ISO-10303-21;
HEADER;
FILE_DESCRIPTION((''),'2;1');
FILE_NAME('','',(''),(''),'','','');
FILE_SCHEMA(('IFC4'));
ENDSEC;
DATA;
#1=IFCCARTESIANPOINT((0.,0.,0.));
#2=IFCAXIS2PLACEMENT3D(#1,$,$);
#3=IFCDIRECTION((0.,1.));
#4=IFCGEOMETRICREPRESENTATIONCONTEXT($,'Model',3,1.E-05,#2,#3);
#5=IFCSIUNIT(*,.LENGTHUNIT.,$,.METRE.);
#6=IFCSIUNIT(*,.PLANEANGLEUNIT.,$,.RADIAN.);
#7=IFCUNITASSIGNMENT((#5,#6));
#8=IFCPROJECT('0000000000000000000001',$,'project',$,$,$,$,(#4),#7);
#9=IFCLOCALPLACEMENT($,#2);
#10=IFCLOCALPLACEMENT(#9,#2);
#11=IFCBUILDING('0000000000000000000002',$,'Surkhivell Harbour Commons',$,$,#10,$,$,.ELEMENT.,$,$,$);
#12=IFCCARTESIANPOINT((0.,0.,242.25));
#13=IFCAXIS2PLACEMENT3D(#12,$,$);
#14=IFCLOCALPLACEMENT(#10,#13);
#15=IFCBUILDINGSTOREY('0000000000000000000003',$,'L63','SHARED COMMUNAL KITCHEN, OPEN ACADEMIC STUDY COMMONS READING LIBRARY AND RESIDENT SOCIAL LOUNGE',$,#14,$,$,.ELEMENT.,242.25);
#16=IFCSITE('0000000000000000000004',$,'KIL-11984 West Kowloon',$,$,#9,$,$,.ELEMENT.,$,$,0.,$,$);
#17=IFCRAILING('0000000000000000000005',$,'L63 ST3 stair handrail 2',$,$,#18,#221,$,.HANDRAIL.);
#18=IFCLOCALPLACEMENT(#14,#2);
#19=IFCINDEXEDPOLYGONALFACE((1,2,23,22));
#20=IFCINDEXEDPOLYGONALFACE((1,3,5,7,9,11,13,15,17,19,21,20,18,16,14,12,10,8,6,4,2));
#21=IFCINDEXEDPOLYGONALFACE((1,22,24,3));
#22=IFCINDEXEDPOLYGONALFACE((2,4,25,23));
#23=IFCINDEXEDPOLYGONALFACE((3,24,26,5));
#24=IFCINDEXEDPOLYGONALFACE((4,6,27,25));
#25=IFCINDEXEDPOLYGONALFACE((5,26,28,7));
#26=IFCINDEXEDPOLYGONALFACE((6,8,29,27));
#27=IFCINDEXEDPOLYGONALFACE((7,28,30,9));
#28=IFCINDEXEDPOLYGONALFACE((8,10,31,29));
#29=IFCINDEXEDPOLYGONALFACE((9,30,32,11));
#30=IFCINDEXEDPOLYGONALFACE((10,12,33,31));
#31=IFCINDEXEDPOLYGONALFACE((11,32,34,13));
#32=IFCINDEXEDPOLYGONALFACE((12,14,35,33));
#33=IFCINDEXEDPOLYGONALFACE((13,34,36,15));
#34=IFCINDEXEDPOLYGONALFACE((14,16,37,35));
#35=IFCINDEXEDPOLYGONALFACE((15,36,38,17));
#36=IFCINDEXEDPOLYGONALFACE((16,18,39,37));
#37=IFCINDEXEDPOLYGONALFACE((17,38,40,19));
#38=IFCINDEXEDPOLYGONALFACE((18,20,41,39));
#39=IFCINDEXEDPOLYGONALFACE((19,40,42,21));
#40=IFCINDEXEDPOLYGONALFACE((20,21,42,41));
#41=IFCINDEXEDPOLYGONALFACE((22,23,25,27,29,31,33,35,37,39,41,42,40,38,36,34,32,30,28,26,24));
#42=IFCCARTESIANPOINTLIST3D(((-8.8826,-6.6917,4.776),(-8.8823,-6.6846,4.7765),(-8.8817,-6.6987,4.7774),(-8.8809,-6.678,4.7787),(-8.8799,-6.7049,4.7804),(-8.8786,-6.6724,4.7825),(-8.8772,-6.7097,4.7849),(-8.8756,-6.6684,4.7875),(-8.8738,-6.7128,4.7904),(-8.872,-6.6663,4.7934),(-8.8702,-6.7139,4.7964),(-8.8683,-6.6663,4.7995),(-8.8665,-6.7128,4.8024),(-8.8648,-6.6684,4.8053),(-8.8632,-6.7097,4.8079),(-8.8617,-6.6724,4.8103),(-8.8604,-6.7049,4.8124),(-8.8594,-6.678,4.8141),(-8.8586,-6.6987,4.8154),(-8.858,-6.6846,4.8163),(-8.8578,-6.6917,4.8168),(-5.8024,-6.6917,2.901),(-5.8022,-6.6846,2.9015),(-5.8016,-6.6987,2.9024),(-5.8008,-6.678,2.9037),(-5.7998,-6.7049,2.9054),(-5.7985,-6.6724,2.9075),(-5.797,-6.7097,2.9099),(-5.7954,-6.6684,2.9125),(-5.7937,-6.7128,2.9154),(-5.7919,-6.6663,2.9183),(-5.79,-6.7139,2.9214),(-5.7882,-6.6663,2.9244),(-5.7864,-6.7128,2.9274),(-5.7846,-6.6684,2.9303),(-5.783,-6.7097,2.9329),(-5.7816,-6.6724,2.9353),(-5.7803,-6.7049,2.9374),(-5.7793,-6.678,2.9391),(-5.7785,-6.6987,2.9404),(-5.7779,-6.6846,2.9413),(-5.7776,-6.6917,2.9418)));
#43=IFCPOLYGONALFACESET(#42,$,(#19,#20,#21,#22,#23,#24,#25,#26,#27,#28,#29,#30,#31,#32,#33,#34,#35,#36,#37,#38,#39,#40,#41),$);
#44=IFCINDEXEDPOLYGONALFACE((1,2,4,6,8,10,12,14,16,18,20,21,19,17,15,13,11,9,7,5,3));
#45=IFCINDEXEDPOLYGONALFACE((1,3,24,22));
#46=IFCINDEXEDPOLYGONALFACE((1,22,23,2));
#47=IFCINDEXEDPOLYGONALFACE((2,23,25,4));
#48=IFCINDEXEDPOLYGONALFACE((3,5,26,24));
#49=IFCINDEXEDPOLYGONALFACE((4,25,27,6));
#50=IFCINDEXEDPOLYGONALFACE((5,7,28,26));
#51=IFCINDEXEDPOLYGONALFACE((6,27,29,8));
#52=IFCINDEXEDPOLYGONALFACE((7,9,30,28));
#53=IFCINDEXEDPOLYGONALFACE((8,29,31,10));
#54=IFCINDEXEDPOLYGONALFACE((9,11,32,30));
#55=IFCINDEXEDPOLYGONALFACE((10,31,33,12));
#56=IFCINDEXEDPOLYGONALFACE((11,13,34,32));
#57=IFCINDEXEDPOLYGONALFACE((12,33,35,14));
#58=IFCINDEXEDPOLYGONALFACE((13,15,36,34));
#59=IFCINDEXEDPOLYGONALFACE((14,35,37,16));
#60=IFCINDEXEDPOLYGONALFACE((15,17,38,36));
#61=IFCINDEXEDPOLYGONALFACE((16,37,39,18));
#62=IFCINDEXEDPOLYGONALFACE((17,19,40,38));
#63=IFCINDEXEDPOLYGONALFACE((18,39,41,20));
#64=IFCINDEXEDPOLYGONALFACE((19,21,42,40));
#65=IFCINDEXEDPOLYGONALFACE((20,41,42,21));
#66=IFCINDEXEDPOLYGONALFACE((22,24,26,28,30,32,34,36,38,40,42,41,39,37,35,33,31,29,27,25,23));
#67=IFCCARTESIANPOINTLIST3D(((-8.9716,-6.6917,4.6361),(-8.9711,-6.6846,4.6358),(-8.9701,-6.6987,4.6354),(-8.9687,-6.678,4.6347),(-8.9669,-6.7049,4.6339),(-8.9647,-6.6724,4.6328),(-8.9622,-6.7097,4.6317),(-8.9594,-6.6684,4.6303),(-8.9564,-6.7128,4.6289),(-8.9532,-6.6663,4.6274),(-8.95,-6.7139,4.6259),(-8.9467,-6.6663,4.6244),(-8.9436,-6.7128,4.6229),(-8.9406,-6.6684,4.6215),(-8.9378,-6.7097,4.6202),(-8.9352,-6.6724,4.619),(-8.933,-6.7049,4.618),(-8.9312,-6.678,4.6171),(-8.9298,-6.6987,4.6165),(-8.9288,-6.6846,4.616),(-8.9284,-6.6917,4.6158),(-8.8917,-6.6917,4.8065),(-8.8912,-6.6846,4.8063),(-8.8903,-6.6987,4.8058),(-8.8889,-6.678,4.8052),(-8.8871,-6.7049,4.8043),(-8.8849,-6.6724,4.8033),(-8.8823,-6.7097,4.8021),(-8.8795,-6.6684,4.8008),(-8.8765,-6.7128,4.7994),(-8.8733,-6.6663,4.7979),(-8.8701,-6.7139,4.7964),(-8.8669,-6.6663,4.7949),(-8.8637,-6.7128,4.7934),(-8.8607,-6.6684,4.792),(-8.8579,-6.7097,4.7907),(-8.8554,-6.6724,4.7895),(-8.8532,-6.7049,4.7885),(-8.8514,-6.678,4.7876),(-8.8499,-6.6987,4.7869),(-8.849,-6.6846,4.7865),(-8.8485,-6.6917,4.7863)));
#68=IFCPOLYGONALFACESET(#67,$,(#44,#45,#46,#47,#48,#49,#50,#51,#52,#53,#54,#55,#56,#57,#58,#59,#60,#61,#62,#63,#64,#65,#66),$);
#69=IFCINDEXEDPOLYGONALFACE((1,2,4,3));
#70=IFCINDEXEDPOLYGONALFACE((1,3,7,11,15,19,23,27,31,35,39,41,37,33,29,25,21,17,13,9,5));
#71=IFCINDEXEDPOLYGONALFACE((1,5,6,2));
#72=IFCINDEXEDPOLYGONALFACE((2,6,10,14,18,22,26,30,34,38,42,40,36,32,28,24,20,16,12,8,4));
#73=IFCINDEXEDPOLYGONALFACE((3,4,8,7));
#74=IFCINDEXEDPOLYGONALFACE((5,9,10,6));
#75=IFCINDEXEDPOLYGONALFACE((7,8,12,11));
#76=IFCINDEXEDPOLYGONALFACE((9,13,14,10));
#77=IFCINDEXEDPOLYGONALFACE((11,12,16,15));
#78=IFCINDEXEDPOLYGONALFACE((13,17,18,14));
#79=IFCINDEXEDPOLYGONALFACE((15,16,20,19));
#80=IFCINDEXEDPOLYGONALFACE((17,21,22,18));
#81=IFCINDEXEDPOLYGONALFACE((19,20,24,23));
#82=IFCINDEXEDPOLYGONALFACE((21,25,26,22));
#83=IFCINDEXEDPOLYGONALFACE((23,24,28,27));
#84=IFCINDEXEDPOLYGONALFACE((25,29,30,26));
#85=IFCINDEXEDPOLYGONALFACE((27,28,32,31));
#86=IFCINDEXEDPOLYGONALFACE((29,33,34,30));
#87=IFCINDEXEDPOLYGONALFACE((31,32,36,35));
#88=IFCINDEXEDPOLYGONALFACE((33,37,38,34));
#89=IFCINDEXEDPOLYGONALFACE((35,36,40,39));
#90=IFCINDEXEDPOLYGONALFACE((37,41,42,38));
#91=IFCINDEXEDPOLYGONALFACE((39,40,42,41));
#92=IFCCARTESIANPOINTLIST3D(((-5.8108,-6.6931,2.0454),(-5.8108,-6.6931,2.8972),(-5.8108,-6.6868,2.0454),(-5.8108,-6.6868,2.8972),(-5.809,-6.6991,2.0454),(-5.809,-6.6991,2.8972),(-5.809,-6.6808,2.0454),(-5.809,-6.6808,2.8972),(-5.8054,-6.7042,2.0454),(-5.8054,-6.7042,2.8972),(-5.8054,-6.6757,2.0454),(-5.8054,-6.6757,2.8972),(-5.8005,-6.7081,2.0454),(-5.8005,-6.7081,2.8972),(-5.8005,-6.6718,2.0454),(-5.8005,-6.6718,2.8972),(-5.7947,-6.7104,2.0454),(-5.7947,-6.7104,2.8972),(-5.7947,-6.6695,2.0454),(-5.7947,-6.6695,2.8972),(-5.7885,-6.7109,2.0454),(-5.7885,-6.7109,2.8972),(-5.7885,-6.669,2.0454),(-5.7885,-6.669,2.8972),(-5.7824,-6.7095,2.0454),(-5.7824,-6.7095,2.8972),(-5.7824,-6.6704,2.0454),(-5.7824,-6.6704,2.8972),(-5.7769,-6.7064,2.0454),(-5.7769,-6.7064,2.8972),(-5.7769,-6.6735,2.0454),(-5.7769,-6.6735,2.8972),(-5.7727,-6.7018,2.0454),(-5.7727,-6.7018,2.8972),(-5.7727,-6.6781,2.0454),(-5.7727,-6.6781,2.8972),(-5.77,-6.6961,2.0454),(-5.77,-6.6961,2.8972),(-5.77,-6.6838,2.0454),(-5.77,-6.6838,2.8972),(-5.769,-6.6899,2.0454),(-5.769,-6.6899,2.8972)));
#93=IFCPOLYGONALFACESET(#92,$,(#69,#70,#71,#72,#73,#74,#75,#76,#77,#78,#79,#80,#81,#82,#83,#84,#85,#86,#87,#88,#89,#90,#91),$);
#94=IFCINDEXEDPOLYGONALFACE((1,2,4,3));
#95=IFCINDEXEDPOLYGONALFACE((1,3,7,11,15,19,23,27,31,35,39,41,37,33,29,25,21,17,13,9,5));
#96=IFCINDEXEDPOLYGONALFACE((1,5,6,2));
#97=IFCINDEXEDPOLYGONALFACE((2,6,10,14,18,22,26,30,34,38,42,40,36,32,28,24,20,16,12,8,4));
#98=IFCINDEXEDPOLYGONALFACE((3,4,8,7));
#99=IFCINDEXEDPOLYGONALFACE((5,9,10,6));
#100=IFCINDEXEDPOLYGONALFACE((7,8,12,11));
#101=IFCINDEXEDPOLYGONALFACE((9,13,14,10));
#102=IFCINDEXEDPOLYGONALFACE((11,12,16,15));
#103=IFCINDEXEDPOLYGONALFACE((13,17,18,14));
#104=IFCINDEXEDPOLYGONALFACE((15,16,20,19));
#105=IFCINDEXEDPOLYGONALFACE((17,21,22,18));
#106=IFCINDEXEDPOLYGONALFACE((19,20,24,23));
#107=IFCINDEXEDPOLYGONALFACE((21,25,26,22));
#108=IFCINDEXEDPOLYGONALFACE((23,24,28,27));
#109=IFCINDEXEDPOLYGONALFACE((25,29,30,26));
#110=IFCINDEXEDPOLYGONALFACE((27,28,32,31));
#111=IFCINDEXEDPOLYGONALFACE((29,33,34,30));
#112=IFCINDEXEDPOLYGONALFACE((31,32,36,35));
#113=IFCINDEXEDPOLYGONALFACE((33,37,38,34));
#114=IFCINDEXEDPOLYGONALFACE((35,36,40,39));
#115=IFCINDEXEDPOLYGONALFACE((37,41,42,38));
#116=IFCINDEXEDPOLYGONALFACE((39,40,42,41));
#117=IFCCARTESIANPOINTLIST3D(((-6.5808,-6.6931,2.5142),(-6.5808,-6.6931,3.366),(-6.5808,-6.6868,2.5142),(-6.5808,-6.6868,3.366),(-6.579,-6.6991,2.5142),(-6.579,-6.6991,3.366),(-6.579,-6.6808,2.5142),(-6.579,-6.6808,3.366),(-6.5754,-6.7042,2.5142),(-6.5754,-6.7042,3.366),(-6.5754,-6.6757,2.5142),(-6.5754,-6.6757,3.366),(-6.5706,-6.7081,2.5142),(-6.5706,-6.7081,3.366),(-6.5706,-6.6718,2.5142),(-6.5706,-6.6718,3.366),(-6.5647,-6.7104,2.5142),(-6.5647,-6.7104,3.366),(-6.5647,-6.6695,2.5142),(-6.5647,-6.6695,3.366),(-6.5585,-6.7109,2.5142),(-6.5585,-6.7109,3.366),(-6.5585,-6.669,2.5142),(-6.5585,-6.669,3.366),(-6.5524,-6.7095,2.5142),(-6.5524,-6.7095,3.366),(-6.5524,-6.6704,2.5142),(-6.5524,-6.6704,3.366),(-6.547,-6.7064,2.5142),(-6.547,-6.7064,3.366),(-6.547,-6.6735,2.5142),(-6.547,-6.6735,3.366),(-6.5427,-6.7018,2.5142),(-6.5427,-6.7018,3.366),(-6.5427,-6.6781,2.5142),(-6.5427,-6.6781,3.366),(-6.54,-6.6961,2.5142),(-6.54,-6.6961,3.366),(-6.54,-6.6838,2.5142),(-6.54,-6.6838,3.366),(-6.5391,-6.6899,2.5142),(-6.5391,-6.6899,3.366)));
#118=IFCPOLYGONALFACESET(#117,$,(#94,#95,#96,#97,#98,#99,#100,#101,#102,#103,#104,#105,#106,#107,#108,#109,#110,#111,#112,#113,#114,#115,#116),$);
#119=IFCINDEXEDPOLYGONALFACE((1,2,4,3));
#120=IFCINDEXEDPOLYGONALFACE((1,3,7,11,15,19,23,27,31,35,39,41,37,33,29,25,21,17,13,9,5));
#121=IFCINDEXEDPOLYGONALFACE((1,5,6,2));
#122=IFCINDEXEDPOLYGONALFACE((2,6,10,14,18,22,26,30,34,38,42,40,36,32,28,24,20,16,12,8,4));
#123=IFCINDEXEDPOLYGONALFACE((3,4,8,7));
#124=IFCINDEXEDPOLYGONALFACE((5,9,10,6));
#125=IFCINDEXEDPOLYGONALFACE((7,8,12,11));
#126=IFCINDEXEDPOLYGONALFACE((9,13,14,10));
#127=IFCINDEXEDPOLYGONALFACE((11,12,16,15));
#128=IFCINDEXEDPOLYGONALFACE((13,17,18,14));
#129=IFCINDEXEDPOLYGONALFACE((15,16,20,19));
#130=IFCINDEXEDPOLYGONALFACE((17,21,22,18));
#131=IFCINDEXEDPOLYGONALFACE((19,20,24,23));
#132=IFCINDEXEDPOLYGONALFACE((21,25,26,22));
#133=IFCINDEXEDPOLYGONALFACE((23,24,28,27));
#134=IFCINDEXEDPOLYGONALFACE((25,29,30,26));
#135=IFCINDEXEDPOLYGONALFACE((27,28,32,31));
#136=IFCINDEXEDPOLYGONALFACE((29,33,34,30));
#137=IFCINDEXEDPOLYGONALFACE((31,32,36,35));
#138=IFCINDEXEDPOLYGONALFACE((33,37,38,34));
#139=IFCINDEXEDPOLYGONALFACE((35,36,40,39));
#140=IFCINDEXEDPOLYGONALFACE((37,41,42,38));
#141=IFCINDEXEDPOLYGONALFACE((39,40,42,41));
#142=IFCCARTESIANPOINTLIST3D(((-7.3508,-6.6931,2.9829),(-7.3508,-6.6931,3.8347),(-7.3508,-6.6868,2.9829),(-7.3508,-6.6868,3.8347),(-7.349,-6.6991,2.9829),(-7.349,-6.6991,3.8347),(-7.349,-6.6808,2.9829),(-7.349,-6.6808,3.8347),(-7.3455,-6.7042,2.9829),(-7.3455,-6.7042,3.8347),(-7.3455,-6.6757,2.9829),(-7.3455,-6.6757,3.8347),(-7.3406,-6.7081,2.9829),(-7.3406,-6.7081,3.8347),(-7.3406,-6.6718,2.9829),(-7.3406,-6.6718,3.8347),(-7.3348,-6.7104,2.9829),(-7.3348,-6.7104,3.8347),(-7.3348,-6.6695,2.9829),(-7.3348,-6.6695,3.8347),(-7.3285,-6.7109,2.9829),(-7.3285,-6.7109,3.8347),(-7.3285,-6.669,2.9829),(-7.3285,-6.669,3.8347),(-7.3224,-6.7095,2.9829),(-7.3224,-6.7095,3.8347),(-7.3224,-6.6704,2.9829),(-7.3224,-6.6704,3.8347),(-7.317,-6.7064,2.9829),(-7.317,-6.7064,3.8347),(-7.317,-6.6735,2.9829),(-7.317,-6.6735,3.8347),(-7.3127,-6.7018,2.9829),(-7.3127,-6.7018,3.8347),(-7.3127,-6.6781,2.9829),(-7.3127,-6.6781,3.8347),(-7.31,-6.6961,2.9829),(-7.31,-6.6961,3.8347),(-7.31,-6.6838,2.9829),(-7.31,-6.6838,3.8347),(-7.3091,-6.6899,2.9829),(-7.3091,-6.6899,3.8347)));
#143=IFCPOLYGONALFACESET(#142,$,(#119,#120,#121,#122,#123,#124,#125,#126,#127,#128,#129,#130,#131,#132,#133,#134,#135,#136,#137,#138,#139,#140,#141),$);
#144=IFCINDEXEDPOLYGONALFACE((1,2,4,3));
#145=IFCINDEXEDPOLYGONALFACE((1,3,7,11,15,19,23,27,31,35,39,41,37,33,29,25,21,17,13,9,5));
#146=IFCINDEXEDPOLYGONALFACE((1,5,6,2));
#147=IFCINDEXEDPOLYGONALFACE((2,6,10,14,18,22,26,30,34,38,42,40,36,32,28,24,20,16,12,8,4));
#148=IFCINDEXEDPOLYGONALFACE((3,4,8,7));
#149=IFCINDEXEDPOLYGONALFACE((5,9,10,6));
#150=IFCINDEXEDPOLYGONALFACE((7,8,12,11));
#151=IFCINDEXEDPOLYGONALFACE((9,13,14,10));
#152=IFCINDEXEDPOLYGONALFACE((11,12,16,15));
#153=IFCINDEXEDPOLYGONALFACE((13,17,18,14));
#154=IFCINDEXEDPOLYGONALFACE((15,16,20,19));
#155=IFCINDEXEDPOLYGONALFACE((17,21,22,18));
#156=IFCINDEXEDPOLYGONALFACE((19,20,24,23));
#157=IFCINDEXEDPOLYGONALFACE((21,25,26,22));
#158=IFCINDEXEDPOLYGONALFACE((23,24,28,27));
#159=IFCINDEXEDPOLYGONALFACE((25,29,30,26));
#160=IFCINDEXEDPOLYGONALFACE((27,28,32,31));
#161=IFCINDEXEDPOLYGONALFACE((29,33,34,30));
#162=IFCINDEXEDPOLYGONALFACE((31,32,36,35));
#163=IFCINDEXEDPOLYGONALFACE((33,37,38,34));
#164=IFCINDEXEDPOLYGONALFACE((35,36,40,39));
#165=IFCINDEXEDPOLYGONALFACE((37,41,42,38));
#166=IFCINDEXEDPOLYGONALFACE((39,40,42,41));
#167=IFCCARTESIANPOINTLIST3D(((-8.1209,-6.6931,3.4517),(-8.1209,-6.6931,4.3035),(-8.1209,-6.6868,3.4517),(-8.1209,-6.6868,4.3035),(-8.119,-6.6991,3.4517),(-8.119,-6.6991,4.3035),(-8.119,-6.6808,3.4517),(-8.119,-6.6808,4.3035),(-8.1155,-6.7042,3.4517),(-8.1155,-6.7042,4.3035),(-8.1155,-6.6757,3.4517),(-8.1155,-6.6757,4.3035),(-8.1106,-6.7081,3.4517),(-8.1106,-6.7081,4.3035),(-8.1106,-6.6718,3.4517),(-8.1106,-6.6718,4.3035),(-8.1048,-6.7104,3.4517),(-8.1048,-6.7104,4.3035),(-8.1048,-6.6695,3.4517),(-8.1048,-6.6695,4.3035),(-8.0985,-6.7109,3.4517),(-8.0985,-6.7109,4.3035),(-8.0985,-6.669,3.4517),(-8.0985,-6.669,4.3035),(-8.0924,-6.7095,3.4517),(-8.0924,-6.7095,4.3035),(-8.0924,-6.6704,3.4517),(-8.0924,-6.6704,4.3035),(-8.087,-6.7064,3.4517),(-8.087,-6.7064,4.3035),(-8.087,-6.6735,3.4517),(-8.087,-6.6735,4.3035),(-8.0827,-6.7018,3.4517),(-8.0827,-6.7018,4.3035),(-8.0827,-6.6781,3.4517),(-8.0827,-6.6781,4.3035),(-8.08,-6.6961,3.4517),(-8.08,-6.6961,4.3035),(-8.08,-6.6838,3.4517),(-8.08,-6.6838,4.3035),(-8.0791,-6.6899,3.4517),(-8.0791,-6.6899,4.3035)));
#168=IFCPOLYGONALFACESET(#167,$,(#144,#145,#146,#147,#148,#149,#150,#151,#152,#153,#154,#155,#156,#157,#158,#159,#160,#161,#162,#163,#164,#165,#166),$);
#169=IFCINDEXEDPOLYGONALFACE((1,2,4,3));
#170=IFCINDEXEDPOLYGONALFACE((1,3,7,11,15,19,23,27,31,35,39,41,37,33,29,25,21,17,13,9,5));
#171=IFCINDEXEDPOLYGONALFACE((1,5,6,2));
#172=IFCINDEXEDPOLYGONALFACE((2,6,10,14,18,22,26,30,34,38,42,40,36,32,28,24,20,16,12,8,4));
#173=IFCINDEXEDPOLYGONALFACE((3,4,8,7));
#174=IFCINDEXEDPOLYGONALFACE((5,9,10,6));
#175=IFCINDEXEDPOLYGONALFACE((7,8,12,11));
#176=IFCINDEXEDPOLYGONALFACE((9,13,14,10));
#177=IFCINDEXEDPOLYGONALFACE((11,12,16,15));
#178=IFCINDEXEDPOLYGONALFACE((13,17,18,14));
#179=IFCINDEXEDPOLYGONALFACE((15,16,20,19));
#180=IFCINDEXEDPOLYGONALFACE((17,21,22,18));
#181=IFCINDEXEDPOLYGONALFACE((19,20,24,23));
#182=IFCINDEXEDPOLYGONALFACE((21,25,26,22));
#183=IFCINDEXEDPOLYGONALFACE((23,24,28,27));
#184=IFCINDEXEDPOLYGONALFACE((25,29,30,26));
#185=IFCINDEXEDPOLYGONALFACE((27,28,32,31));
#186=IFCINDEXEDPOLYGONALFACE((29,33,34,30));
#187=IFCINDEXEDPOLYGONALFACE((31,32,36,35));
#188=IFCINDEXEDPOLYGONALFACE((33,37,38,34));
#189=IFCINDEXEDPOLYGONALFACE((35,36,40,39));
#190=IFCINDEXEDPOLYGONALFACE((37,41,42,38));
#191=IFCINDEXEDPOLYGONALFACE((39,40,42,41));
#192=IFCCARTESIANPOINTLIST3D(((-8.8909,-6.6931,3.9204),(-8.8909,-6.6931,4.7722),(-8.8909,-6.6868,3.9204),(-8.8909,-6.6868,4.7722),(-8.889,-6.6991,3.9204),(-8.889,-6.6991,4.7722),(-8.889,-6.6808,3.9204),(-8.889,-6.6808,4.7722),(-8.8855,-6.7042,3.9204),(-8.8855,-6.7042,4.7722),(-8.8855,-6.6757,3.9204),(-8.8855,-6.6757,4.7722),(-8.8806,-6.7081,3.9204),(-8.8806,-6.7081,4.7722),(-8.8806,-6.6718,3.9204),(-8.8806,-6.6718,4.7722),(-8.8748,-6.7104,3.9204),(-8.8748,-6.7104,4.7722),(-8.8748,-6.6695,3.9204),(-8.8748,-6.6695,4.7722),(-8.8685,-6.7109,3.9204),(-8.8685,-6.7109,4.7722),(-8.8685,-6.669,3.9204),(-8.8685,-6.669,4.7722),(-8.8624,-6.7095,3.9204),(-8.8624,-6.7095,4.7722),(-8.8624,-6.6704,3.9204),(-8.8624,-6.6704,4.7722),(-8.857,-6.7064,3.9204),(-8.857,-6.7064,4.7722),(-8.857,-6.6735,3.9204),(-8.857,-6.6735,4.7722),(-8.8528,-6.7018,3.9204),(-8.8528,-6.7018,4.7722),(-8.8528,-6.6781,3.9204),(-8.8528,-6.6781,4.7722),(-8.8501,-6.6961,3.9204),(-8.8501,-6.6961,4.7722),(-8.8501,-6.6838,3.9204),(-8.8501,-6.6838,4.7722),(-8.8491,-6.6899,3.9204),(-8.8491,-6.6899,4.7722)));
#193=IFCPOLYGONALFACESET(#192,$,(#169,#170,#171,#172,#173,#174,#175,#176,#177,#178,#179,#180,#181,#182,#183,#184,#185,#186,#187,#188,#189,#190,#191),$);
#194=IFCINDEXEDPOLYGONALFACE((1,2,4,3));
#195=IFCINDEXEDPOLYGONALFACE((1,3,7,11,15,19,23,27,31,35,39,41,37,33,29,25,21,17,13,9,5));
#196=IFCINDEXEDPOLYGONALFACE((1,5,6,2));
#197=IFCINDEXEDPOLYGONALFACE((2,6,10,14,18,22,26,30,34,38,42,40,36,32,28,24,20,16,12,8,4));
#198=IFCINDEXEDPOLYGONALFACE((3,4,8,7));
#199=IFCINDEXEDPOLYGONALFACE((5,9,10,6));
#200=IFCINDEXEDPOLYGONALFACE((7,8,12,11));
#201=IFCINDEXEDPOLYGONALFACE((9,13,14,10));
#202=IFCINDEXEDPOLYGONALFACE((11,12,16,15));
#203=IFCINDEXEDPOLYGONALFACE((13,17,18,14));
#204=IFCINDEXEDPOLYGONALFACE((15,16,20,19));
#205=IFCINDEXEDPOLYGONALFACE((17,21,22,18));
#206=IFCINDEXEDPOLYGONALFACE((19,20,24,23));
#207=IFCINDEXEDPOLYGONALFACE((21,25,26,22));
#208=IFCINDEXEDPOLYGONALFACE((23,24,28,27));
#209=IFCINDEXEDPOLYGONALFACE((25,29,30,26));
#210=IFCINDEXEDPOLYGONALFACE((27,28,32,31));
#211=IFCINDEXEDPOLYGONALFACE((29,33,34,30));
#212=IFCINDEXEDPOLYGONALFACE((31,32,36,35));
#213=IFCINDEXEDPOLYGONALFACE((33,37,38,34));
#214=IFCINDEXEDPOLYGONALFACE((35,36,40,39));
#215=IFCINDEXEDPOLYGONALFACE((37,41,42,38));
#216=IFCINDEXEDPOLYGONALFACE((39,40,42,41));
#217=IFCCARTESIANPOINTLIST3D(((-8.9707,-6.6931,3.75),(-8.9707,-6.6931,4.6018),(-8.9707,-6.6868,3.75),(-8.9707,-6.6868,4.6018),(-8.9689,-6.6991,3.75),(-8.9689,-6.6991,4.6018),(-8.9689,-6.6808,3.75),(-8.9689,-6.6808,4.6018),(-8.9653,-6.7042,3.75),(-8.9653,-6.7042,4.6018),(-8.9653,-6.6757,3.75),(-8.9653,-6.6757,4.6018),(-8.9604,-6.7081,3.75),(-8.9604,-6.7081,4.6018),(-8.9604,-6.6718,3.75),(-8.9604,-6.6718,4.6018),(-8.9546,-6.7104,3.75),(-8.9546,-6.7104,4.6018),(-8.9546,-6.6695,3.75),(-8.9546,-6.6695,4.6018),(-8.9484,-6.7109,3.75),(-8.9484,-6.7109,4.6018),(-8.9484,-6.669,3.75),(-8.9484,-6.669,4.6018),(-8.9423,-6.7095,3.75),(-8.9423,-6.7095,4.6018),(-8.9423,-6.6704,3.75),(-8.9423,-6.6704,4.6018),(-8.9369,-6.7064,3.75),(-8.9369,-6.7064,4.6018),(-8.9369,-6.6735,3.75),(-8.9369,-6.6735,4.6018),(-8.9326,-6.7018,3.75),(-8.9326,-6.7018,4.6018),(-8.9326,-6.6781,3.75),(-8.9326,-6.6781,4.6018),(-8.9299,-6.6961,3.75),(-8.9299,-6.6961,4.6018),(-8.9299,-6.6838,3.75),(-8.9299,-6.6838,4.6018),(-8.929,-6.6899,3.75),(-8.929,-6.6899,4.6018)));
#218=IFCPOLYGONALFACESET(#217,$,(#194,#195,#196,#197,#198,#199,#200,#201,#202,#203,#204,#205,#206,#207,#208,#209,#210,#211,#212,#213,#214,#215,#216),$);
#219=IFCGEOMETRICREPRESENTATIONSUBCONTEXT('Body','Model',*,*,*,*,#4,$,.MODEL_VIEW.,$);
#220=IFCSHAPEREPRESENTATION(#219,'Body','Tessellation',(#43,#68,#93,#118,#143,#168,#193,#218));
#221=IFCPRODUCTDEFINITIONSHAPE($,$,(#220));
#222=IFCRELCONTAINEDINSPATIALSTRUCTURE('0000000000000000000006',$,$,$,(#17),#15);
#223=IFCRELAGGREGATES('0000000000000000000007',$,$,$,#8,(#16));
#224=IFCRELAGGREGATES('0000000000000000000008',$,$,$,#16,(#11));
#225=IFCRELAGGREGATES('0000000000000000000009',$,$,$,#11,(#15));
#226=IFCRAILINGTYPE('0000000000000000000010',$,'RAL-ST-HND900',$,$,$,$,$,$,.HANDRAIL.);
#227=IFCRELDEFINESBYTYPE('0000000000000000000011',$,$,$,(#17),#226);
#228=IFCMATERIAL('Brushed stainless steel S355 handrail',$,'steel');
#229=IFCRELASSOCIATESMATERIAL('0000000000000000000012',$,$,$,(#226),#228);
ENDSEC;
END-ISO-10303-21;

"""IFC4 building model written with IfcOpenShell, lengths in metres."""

from ifc_helpers import new_model, si_unit, direction, frame, origin, origin_2d, place, context, subcontext, project, spatial, circle, extrude, material, type_object, element, save


model = new_model("IFC4")

# Units and contexts
model_context = context("Model", 3, precision=1e-05, world=origin(), true_north=direction((0.0, 1.0)))
body_context = subcontext(model_context, "Body", "Model", "MODEL_VIEW")
ifc_project = project(units=[si_unit("LENGTHUNIT", "METRE"), si_unit("PLANEANGLEUNIT", "RADIAN")], contexts=[model_context])

# Site, building, storey
site_placement = place(None, origin())
site = spatial("IfcSite", under=ifc_project, at=site_placement, Name="KIL-11984 West Kowloon", CompositionType="ELEMENT", RefElevation=0.0)
building_placement = place(site_placement, origin())
building = spatial("IfcBuilding", under=site, at=building_placement, Name="Surkhivell Harbour Commons", CompositionType="ELEMENT")
storey_placement = place(building_placement, frame((0.0, 0.0, 242.25)))
storey = spatial("IfcBuildingStorey", under=building, at=storey_placement, Name="L63", Description="SHARED COMMUNAL KITCHEN, OPEN ACADEMIC STUDY COMMONS READING LIBRARY AND RESIDENT SOCIAL LOUNGE", CompositionType="ELEMENT", Elevation=242.25)

# Railing
ifc_material_1 = material(Name="Brushed stainless steel S355 handrail", Category="steel")
railing_type_1 = type_object("IfcRailingType", Name="RAL-ST-HND900", PredefinedType="HANDRAIL", material=ifc_material_1)
railing_1_placement = place(storey_placement, frame((-5.79, -6.6899, 2.0454)))
element("IfcRailing", 1, at=railing_1_placement, inside=storey, type_object=railing_type_1, Name="L63 ST3 stair handrail 2", PredefinedType="HANDRAIL", context=body_context, shape_type="SweptSolid", body=[
    extrude(circle(Radius=0.0239, at=origin_2d()), frame((0.0, 0.0, 0.876), z_axis=(-0.854178, 0.0, 0.519981), x_axis=(0.0, -1.0, 0.0)), (0.0, 0.0, 1.0), 3.606),
    extrude(circle(Radius=0.0239, at=origin_2d()), frame((-3.0801, 0.0, 2.751), z_axis=(-0.424234, 0.0, -0.905552), x_axis=(0.0, -1.0, 0.0)), (0.0, 0.0, 1.0), 0.1882),
    extrude(circle(Radius=0.021, at=origin_2d()), origin(), (0.0, 0.0, 1.0), 0.8518),
    extrude(circle(Radius=0.021, at=origin_2d()), frame((-0.77, 0.0, 0.4688)), (0.0, 0.0, 1.0), 0.8518),
    extrude(circle(Radius=0.021, at=origin_2d()), frame((-1.54, 0.0, 0.9375)), (0.0, 0.0, 1.0), 0.8518),
    extrude(circle(Radius=0.021, at=origin_2d()), frame((-2.3101, 0.0, 1.4062)), (0.0, 0.0, 1.0), 0.8518),
    extrude(circle(Radius=0.021, at=origin_2d()), frame((-3.0801, 0.0, 1.875)), (0.0, 0.0, 1.0), 0.8518),
    extrude(circle(Radius=0.021, at=origin_2d()), frame((-3.1599, 0.0, 1.7046)), (0.0, 0.0, 1.0), 0.8518),
])

save(model, "model.ifc")
